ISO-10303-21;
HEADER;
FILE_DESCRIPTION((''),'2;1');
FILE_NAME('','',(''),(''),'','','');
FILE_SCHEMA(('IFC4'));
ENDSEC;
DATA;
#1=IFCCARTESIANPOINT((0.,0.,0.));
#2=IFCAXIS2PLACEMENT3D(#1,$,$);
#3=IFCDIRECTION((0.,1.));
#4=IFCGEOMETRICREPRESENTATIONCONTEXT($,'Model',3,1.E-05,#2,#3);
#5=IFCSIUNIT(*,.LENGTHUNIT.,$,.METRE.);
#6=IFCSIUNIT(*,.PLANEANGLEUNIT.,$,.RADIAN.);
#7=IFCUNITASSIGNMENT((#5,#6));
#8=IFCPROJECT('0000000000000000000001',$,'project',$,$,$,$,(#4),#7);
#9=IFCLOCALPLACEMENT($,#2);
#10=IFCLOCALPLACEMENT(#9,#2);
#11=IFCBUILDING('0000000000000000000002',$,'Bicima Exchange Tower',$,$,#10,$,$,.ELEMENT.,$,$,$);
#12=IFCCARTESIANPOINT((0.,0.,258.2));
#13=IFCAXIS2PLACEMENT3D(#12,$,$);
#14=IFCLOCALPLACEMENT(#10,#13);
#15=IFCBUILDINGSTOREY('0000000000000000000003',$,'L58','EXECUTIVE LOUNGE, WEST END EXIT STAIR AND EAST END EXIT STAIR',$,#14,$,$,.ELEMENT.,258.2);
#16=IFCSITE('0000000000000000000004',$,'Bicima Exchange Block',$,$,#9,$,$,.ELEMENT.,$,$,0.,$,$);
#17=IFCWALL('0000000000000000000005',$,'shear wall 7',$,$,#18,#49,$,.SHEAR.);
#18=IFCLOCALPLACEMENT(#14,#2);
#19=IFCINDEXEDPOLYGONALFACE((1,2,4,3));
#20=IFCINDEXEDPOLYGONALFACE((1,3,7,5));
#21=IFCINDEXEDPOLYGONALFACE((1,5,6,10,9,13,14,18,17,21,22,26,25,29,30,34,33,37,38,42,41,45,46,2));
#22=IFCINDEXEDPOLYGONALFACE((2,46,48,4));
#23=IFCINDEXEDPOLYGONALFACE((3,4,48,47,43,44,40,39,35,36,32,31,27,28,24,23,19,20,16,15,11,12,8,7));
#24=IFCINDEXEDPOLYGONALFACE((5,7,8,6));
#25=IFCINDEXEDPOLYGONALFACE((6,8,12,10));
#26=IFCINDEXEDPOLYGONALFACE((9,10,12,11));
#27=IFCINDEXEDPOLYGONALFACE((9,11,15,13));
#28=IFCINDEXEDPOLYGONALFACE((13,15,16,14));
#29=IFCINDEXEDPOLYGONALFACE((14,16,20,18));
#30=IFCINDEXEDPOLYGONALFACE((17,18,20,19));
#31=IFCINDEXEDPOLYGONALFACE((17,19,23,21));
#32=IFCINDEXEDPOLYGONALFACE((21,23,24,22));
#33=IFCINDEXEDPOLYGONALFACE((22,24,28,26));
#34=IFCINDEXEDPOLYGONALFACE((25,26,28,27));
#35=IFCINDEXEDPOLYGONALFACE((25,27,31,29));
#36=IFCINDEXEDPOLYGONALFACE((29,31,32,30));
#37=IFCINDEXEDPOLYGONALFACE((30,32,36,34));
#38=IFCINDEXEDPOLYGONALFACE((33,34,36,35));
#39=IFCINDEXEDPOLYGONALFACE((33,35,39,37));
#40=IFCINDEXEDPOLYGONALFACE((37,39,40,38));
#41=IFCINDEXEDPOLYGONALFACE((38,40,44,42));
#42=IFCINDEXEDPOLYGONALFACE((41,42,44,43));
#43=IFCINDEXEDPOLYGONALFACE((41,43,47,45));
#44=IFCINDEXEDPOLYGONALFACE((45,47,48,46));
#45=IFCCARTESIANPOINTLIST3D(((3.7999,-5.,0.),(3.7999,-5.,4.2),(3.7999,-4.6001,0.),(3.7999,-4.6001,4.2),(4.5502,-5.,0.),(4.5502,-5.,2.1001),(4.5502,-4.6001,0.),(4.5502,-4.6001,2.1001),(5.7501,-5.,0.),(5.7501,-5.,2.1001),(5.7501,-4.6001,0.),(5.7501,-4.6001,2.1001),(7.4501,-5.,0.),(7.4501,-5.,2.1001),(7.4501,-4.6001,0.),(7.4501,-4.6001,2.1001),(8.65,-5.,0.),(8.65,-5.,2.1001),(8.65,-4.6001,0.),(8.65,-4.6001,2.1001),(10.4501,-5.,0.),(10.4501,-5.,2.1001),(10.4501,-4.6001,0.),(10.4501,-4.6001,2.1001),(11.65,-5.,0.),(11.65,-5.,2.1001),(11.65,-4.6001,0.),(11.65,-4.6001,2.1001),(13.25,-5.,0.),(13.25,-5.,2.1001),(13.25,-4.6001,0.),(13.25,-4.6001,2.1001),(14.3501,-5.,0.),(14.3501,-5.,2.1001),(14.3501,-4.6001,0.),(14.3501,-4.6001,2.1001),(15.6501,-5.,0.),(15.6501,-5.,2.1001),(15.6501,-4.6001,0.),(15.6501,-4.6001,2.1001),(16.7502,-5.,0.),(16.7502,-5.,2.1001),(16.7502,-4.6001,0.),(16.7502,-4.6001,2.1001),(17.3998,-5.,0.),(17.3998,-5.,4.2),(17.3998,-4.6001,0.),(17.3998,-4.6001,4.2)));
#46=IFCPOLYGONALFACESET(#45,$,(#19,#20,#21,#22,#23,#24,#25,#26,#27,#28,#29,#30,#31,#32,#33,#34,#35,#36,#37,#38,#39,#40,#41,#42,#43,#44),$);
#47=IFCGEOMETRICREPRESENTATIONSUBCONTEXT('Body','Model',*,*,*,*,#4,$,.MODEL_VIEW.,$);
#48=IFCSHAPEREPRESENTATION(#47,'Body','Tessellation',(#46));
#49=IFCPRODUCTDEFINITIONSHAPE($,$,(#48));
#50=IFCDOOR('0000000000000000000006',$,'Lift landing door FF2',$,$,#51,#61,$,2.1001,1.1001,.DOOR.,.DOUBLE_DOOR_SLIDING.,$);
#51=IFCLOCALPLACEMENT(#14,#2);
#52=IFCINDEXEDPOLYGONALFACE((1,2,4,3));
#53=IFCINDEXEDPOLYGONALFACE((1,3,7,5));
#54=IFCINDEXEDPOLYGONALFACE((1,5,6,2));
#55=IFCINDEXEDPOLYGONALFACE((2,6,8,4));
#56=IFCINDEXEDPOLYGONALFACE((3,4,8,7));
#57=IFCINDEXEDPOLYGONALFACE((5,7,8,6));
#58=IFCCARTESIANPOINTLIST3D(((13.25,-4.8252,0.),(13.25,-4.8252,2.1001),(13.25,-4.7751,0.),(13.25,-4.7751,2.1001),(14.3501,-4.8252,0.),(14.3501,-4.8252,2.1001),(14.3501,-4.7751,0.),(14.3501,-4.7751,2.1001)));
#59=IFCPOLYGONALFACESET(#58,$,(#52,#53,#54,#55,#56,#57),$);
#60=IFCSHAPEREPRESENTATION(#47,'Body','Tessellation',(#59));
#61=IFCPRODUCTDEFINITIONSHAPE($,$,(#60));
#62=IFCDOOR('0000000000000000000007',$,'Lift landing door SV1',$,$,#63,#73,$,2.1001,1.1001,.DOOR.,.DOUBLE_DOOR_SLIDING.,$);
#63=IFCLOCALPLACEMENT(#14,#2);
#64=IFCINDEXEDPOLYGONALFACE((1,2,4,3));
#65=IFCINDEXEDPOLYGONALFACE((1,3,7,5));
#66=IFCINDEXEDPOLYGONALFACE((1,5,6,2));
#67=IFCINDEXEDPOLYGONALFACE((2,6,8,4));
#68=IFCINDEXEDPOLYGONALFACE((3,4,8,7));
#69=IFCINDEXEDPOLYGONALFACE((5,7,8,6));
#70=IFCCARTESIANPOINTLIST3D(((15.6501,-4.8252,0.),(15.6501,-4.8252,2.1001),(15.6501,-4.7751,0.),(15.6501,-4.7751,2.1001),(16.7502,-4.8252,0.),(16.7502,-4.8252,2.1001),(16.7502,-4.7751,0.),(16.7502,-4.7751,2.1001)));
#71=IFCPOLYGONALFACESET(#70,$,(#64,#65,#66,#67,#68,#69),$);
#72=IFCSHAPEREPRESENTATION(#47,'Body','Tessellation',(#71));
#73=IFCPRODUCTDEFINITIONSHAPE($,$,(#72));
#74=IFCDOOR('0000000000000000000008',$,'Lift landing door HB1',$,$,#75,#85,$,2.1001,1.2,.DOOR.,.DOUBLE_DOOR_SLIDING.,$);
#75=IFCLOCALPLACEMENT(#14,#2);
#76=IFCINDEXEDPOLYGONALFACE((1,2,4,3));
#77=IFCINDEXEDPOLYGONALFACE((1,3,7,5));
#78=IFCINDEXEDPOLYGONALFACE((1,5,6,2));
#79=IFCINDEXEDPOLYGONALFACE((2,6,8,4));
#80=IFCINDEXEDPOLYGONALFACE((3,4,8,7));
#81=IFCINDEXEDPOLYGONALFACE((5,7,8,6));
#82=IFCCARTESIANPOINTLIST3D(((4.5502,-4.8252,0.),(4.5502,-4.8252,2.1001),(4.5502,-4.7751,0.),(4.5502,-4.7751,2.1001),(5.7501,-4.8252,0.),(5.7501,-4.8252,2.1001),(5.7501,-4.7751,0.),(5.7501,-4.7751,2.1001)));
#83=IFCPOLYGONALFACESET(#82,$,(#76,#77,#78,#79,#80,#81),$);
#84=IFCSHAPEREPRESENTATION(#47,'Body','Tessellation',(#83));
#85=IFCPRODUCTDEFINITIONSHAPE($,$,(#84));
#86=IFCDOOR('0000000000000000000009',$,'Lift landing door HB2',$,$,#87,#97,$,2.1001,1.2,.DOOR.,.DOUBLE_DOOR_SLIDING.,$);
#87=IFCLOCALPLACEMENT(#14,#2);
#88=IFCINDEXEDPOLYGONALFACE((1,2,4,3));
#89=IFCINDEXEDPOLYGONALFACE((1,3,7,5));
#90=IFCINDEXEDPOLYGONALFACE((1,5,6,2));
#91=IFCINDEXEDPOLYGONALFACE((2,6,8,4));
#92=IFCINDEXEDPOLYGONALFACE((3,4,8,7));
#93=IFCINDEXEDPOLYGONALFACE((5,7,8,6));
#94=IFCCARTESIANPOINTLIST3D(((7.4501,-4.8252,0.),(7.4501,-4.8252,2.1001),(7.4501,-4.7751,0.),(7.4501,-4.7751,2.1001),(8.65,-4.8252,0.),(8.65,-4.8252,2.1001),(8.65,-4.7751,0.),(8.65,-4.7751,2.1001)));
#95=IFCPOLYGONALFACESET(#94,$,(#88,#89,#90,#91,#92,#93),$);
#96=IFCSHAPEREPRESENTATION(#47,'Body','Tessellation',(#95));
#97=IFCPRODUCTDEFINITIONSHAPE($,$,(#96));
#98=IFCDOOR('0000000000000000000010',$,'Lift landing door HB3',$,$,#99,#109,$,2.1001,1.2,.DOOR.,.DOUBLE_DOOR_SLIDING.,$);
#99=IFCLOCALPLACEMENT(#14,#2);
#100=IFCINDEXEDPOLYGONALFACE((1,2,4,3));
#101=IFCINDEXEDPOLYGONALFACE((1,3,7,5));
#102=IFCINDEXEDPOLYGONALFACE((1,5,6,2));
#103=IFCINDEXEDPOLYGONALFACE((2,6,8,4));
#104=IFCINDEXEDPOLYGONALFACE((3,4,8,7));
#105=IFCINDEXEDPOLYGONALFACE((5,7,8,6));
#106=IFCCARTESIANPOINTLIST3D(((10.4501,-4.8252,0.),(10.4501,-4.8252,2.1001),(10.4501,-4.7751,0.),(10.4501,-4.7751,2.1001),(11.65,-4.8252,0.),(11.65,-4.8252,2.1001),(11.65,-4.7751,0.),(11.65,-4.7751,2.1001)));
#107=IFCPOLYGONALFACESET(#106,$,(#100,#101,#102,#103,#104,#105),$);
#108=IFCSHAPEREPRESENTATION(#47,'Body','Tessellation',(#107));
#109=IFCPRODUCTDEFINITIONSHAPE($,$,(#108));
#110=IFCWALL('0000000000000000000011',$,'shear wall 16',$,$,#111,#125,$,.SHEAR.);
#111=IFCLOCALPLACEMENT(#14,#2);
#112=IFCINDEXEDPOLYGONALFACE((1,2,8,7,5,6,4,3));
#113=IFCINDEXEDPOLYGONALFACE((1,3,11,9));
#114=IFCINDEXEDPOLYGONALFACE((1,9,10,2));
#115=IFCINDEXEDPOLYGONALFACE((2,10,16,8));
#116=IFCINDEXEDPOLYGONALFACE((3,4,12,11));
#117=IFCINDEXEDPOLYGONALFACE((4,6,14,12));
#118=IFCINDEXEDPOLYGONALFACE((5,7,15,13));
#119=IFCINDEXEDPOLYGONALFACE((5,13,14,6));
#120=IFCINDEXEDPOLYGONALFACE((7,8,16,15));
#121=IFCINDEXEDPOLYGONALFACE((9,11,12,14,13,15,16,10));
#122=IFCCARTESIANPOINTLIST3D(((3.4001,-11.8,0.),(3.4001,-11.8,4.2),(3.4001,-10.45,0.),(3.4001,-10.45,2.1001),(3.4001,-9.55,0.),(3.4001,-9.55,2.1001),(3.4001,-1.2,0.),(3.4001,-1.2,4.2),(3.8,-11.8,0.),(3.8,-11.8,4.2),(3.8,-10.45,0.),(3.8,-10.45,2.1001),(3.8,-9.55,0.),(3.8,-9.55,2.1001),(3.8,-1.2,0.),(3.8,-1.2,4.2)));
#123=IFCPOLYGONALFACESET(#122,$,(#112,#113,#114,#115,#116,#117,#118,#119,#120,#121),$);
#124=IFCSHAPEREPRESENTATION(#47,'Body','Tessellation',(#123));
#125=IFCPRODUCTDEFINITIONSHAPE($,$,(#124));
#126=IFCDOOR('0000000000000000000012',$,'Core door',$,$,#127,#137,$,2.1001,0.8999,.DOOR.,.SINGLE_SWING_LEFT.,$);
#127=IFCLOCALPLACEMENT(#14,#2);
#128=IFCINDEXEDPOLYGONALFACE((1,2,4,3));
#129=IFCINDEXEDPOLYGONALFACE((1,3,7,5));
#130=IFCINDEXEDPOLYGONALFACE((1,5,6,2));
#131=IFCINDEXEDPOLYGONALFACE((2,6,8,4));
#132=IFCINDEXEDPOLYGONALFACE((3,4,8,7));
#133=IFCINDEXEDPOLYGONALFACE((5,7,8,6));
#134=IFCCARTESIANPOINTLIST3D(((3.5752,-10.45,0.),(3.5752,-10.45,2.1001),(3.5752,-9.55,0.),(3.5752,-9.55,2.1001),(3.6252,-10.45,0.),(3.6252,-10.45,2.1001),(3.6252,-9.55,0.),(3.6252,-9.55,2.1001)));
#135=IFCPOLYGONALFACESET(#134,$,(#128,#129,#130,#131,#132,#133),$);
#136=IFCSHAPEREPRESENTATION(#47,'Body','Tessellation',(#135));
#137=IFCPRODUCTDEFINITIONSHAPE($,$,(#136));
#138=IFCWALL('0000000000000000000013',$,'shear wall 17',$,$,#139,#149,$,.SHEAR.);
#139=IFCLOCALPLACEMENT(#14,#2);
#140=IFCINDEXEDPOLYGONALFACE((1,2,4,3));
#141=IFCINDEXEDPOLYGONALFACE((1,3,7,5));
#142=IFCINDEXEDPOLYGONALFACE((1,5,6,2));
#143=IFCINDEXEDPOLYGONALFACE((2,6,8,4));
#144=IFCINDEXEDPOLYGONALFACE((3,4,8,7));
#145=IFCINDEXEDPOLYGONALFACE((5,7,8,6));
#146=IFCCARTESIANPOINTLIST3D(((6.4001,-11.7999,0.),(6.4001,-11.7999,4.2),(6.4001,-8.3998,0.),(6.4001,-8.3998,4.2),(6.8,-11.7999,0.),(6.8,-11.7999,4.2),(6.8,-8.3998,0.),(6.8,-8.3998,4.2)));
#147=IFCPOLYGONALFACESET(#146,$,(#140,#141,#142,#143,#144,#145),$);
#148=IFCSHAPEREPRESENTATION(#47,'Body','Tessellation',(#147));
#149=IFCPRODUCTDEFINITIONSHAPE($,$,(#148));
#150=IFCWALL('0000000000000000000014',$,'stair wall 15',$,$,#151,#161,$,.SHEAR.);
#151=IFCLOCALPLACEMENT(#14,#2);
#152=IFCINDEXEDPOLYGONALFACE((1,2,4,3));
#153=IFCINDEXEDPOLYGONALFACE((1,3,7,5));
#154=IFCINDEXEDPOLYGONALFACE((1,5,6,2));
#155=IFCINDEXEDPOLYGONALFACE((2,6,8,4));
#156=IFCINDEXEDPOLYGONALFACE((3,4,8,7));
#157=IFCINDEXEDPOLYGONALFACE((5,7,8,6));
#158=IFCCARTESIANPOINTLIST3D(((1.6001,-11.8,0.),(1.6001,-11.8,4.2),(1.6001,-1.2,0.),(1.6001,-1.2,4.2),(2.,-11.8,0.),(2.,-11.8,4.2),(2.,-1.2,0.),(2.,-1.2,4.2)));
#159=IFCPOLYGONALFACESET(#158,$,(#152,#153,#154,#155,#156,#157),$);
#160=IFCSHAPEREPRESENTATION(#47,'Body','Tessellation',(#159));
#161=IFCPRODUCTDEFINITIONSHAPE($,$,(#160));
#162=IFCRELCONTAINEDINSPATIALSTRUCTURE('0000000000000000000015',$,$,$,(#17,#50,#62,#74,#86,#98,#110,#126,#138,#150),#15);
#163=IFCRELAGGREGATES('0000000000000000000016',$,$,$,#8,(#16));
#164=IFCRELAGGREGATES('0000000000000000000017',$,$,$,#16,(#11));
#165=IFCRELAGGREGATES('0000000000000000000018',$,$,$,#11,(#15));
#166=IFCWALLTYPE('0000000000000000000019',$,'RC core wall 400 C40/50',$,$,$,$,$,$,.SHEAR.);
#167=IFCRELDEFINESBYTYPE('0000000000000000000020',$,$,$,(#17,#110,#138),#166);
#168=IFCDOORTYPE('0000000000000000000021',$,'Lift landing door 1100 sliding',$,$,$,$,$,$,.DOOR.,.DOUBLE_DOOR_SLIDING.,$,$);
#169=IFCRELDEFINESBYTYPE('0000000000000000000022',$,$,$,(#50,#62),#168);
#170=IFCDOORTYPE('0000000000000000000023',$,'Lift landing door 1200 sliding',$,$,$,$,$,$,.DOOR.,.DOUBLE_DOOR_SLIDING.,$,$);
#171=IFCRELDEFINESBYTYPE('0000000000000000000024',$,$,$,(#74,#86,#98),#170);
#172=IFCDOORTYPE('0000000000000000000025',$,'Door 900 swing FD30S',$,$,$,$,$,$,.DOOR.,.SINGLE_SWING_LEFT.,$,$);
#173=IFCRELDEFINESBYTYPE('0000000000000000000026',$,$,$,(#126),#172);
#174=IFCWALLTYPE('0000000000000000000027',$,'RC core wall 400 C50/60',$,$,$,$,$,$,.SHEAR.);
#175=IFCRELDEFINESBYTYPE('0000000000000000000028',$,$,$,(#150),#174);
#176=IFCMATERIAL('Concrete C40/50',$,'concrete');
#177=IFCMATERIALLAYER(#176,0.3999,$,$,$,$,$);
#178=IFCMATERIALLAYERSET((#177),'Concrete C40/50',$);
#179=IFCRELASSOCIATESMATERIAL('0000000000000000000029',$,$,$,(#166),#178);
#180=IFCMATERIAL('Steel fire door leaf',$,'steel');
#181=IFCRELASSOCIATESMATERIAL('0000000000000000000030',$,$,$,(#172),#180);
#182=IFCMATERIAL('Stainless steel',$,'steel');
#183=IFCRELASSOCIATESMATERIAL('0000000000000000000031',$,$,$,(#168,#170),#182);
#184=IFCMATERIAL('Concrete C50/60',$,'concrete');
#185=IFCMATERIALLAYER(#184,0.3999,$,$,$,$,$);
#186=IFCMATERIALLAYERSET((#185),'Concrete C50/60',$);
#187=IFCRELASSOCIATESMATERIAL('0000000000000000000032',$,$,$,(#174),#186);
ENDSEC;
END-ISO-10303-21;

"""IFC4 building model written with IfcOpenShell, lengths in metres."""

from ifc_helpers import new_model, si_unit, direction, frame, frame_2d, origin, place, context, subcontext, project, spatial, rectangle, extrude, material, layer, layer_set, type_object, element, fill, save


model = new_model("IFC4")

# Units and contexts
model_context = context("Model", 3, precision=1e-05, world=origin(), true_north=direction((0.0, 1.0)))
body_context = subcontext(model_context, "Body", "Model", "MODEL_VIEW")
ifc_project = project(units=[si_unit("LENGTHUNIT", "METRE"), si_unit("PLANEANGLEUNIT", "RADIAN")], contexts=[model_context])

# Site, building, storey
site_placement = place(None, origin())
site = spatial("IfcSite", under=ifc_project, at=site_placement, Name="Bicima Exchange Block", CompositionType="ELEMENT", RefElevation=0.0)
building_placement = place(site_placement, origin())
building = spatial("IfcBuilding", under=site, at=building_placement, Name="Bicima Exchange Tower", CompositionType="ELEMENT")
storey_placement = place(building_placement, frame((0.0, 0.0, 258.2)))
storey = spatial("IfcBuildingStorey", under=building, at=storey_placement, Name="L58", Description="EXECUTIVE LOUNGE, WEST END EXIT STAIR AND EAST END EXIT STAIR", CompositionType="ELEMENT", Elevation=258.2)

# Shared definitions
ifc_material_1 = material(Name="Concrete C50/60", Category="concrete")

# Shared definitions
ifc_material_2 = material(Name="Concrete C40/50", Category="concrete")
ifc_layer_1 = layer(ifc_material_2, 0.3999)
ifc_layer_set_1 = layer_set([ifc_layer_1], Name="Concrete C40/50")
wall_type_1 = type_object("IfcWallType", Name="RC core wall 400 C40/50", PredefinedType="SHEAR", material=ifc_layer_set_1)
ifc_material_3 = material(Name="Steel fire door leaf", Category="steel")
door_type_1 = type_object("IfcDoorType", Name="Door 900 swing FD30S", OperationType="SINGLE_SWING_LEFT", PredefinedType="DOOR", material=ifc_material_3)

# Wall, openings, doors
wall_1_placement = place(storey_placement, frame((3.8, -4.8, 0.0), z_axis=(0.0, 0.0, 1.0), x_axis=(1.0, 0.0, 0.0)))
wall_1 = element("IfcWall", 1, at=wall_1_placement, inside=storey, type_object=wall_type_1, Name="shear wall 7", PredefinedType="SHEAR", context=body_context, shape_type="SweptSolid", body=[
    extrude(rectangle(XDim=13.5999, YDim=0.3999, at=frame_2d((6.7998, 0.0))), origin(), (0.0, 0.0, 1.0), 4.2),
])
opening_1_placement = place(wall_1_placement, frame((0.75, 0.0, 0.0)))
opening_1 = element("IfcOpeningElement", 2, at=opening_1_placement, cuts=wall_1, PredefinedType="OPENING", context=body_context, shape_type="SweptSolid", body=[
    extrude(rectangle(XDim=1.2, YDim=2.1001, at=frame_2d((0.6001, 1.05))), frame((0.0, 0.2119, 0.0), z_axis=(0.0, -1.0, 0.0), x_axis=(1.0, 0.0, 0.0)), (0.0, 0.0, 1.0), 0.4238),
])
opening_2_placement = place(wall_1_placement, frame((3.6499, 0.0, 0.0)))
opening_2 = element("IfcOpeningElement", 3, at=opening_2_placement, cuts=wall_1, PredefinedType="OPENING", context=body_context, shape_type="SweptSolid", body=[
    extrude(rectangle(XDim=1.2, YDim=2.1001, at=frame_2d((0.6001, 1.05))), frame((0.0, 0.2119, 0.0), z_axis=(0.0, -1.0, 0.0), x_axis=(1.0, 0.0, 0.0)), (0.0, 0.0, 1.0), 0.4238),
])
opening_3_placement = place(wall_1_placement, frame((6.6499, 0.0, 0.0)))
opening_3 = element("IfcOpeningElement", 4, at=opening_3_placement, cuts=wall_1, PredefinedType="OPENING", context=body_context, shape_type="SweptSolid", body=[
    extrude(rectangle(XDim=1.2, YDim=2.1001, at=frame_2d((0.6001, 1.05))), frame((0.0, 0.2119, 0.0), z_axis=(0.0, -1.0, 0.0), x_axis=(1.0, 0.0, 0.0)), (0.0, 0.0, 1.0), 0.4238),
])
opening_4_placement = place(wall_1_placement, frame((9.45, 0.0, 0.0)))
opening_4 = element("IfcOpeningElement", 5, at=opening_4_placement, cuts=wall_1, PredefinedType="OPENING", context=body_context, shape_type="SweptSolid", body=[
    extrude(rectangle(XDim=1.1001, YDim=2.1001, at=frame_2d((0.55, 1.05))), frame((0.0, 0.2119, 0.0), z_axis=(0.0, -1.0, 0.0), x_axis=(1.0, 0.0, 0.0)), (0.0, 0.0, 1.0), 0.4238),
])
opening_5_placement = place(wall_1_placement, frame((11.8501, 0.0, 0.0)))
opening_5 = element("IfcOpeningElement", 6, at=opening_5_placement, cuts=wall_1, PredefinedType="OPENING", context=body_context, shape_type="SweptSolid", body=[
    extrude(rectangle(XDim=1.1001, YDim=2.1001, at=frame_2d((0.55, 1.05))), frame((0.0, 0.2119, 0.0), z_axis=(0.0, -1.0, 0.0), x_axis=(1.0, 0.0, 0.0)), (0.0, 0.0, 1.0), 0.4238),
])
ifc_material_4 = material(Name="Stainless steel", Category="steel")
door_type_2 = type_object("IfcDoorType", Name="Lift landing door 1100 sliding", OperationType="DOUBLE_DOOR_SLIDING", PredefinedType="DOOR", material=ifc_material_4)
door_1_placement = place(opening_4_placement, origin())
door_1 = element("IfcDoor", 7, at=door_1_placement, inside=storey, type_object=door_type_2, Name="Lift landing door FF2", OperationType="DOUBLE_DOOR_SLIDING", OverallHeight=2.1001, OverallWidth=1.1001, PredefinedType="DOOR", context=body_context, shape_type="SweptSolid", body=[
    extrude(rectangle(XDim=1.1001, YDim=2.1001, at=frame_2d((0.55, 1.05))), frame((0.0, 0.0249, 0.0), z_axis=(0.0, -1.0, 0.0), x_axis=(1.0, 0.0, 0.0)), (0.0, 0.0, 1.0), 0.05),
])
fill(opening_4, door_1)
door_2_placement = place(opening_5_placement, origin())
door_2 = element("IfcDoor", 8, at=door_2_placement, inside=storey, type_object=door_type_2, Name="Lift landing door SV1", OperationType="DOUBLE_DOOR_SLIDING", OverallHeight=2.1001, OverallWidth=1.1001, PredefinedType="DOOR", context=body_context, shape_type="SweptSolid", body=[
    extrude(rectangle(XDim=1.1001, YDim=2.1001, at=frame_2d((0.55, 1.05))), frame((0.0, 0.0249, 0.0), z_axis=(0.0, -1.0, 0.0), x_axis=(1.0, 0.0, 0.0)), (0.0, 0.0, 1.0), 0.05),
])
fill(opening_5, door_2)
door_type_3 = type_object("IfcDoorType", Name="Lift landing door 1200 sliding", OperationType="DOUBLE_DOOR_SLIDING", PredefinedType="DOOR", material=ifc_material_4)
door_3_placement = place(opening_1_placement, origin())
door_3 = element("IfcDoor", 9, at=door_3_placement, inside=storey, type_object=door_type_3, Name="Lift landing door HB1", OperationType="DOUBLE_DOOR_SLIDING", OverallHeight=2.1001, OverallWidth=1.2, PredefinedType="DOOR", context=body_context, shape_type="SweptSolid", body=[
    extrude(rectangle(XDim=1.2, YDim=2.1001, at=frame_2d((0.6001, 1.05))), frame((0.0, 0.0249, 0.0), z_axis=(0.0, -1.0, 0.0), x_axis=(1.0, 0.0, 0.0)), (0.0, 0.0, 1.0), 0.05),
])
fill(opening_1, door_3)
door_4_placement = place(opening_2_placement, origin())
door_4 = element("IfcDoor", 10, at=door_4_placement, inside=storey, type_object=door_type_3, Name="Lift landing door HB2", OperationType="DOUBLE_DOOR_SLIDING", OverallHeight=2.1001, OverallWidth=1.2, PredefinedType="DOOR", context=body_context, shape_type="SweptSolid", body=[
    extrude(rectangle(XDim=1.2, YDim=2.1001, at=frame_2d((0.6001, 1.05))), frame((0.0, 0.0249, 0.0), z_axis=(0.0, -1.0, 0.0), x_axis=(1.0, 0.0, 0.0)), (0.0, 0.0, 1.0), 0.05),
])
fill(opening_2, door_4)
door_5_placement = place(opening_3_placement, origin())
door_5 = element("IfcDoor", 11, at=door_5_placement, inside=storey, type_object=door_type_3, Name="Lift landing door HB3", OperationType="DOUBLE_DOOR_SLIDING", OverallHeight=2.1001, OverallWidth=1.2, PredefinedType="DOOR", context=body_context, shape_type="SweptSolid", body=[
    extrude(rectangle(XDim=1.2, YDim=2.1001, at=frame_2d((0.6001, 1.05))), frame((0.0, 0.0249, 0.0), z_axis=(0.0, -1.0, 0.0), x_axis=(1.0, 0.0, 0.0)), (0.0, 0.0, 1.0), 0.05),
])
fill(opening_3, door_5)

# Wall, opening, door
wall_2_placement = place(storey_placement, frame((3.6001, -11.8, 0.0), z_axis=(0.0, 0.0, 1.0), x_axis=(0.0, 1.0, 0.0)))
wall_2 = element("IfcWall", 12, at=wall_2_placement, inside=storey, type_object=wall_type_1, Name="shear wall 16", PredefinedType="SHEAR", context=body_context, shape_type="SweptSolid", body=[
    extrude(rectangle(XDim=10.6001, YDim=0.3999, at=frame_2d((5.3, 0.0))), origin(), (0.0, 0.0, 1.0), 4.2),
])
opening_6_placement = place(wall_2_placement, frame((1.3501, 0.0, 0.0)))
opening_6 = element("IfcOpeningElement", 13, at=opening_6_placement, cuts=wall_2, PredefinedType="OPENING", context=body_context, shape_type="SweptSolid", body=[
    extrude(rectangle(XDim=0.8999, YDim=2.1001, at=frame_2d((0.45, 1.05))), frame((0.0, 0.2119, 0.0), z_axis=(0.0, -1.0, 0.0), x_axis=(1.0, 0.0, 0.0)), (0.0, 0.0, 1.0), 0.4238),
])
door_6_placement = place(opening_6_placement, origin())
door_6 = element("IfcDoor", 14, at=door_6_placement, inside=storey, type_object=door_type_1, Name="Core door", OperationType="SINGLE_SWING_LEFT", OverallHeight=2.1001, OverallWidth=0.8999, PredefinedType="DOOR", context=body_context, shape_type="SweptSolid", body=[
    extrude(rectangle(XDim=0.8999, YDim=2.1001, at=frame_2d((0.45, 1.05))), frame((0.0, 0.0249, 0.0), z_axis=(0.0, -1.0, 0.0), x_axis=(1.0, 0.0, 0.0)), (0.0, 0.0, 1.0), 0.05),
])
fill(opening_6, door_6)

# Walls
wall_3_placement = place(storey_placement, frame((6.6001, -11.8, 0.0), z_axis=(0.0, 0.0, 1.0), x_axis=(0.0, 1.0, 0.0)))
element("IfcWall", 15, at=wall_3_placement, inside=storey, type_object=wall_type_1, Name="shear wall 17", PredefinedType="SHEAR", context=body_context, shape_type="SweptSolid", body=[
    extrude(rectangle(XDim=3.4001, YDim=0.3999, at=frame_2d((1.7002, 0.0))), origin(), (0.0, 0.0, 1.0), 4.2),
])
ifc_layer_2 = layer(ifc_material_1, 0.3999)
ifc_layer_set_2 = layer_set([ifc_layer_2], Name="Concrete C50/60")
wall_type_2 = type_object("IfcWallType", Name="RC core wall 400 C50/60", PredefinedType="SHEAR", material=ifc_layer_set_2)
wall_4_placement = place(storey_placement, frame((1.8, -11.8, 0.0), z_axis=(0.0, 0.0, 1.0), x_axis=(0.0, 1.0, 0.0)))
element("IfcWall", 16, at=wall_4_placement, inside=storey, type_object=wall_type_2, Name="stair wall 15", PredefinedType="SHEAR", context=body_context, shape_type="SweptSolid", body=[
    extrude(rectangle(XDim=10.6001, YDim=0.3999, at=frame_2d((5.3, 0.0))), origin(), (0.0, 0.0, 1.0), 4.2),
])

save(model, "model.ifc")
